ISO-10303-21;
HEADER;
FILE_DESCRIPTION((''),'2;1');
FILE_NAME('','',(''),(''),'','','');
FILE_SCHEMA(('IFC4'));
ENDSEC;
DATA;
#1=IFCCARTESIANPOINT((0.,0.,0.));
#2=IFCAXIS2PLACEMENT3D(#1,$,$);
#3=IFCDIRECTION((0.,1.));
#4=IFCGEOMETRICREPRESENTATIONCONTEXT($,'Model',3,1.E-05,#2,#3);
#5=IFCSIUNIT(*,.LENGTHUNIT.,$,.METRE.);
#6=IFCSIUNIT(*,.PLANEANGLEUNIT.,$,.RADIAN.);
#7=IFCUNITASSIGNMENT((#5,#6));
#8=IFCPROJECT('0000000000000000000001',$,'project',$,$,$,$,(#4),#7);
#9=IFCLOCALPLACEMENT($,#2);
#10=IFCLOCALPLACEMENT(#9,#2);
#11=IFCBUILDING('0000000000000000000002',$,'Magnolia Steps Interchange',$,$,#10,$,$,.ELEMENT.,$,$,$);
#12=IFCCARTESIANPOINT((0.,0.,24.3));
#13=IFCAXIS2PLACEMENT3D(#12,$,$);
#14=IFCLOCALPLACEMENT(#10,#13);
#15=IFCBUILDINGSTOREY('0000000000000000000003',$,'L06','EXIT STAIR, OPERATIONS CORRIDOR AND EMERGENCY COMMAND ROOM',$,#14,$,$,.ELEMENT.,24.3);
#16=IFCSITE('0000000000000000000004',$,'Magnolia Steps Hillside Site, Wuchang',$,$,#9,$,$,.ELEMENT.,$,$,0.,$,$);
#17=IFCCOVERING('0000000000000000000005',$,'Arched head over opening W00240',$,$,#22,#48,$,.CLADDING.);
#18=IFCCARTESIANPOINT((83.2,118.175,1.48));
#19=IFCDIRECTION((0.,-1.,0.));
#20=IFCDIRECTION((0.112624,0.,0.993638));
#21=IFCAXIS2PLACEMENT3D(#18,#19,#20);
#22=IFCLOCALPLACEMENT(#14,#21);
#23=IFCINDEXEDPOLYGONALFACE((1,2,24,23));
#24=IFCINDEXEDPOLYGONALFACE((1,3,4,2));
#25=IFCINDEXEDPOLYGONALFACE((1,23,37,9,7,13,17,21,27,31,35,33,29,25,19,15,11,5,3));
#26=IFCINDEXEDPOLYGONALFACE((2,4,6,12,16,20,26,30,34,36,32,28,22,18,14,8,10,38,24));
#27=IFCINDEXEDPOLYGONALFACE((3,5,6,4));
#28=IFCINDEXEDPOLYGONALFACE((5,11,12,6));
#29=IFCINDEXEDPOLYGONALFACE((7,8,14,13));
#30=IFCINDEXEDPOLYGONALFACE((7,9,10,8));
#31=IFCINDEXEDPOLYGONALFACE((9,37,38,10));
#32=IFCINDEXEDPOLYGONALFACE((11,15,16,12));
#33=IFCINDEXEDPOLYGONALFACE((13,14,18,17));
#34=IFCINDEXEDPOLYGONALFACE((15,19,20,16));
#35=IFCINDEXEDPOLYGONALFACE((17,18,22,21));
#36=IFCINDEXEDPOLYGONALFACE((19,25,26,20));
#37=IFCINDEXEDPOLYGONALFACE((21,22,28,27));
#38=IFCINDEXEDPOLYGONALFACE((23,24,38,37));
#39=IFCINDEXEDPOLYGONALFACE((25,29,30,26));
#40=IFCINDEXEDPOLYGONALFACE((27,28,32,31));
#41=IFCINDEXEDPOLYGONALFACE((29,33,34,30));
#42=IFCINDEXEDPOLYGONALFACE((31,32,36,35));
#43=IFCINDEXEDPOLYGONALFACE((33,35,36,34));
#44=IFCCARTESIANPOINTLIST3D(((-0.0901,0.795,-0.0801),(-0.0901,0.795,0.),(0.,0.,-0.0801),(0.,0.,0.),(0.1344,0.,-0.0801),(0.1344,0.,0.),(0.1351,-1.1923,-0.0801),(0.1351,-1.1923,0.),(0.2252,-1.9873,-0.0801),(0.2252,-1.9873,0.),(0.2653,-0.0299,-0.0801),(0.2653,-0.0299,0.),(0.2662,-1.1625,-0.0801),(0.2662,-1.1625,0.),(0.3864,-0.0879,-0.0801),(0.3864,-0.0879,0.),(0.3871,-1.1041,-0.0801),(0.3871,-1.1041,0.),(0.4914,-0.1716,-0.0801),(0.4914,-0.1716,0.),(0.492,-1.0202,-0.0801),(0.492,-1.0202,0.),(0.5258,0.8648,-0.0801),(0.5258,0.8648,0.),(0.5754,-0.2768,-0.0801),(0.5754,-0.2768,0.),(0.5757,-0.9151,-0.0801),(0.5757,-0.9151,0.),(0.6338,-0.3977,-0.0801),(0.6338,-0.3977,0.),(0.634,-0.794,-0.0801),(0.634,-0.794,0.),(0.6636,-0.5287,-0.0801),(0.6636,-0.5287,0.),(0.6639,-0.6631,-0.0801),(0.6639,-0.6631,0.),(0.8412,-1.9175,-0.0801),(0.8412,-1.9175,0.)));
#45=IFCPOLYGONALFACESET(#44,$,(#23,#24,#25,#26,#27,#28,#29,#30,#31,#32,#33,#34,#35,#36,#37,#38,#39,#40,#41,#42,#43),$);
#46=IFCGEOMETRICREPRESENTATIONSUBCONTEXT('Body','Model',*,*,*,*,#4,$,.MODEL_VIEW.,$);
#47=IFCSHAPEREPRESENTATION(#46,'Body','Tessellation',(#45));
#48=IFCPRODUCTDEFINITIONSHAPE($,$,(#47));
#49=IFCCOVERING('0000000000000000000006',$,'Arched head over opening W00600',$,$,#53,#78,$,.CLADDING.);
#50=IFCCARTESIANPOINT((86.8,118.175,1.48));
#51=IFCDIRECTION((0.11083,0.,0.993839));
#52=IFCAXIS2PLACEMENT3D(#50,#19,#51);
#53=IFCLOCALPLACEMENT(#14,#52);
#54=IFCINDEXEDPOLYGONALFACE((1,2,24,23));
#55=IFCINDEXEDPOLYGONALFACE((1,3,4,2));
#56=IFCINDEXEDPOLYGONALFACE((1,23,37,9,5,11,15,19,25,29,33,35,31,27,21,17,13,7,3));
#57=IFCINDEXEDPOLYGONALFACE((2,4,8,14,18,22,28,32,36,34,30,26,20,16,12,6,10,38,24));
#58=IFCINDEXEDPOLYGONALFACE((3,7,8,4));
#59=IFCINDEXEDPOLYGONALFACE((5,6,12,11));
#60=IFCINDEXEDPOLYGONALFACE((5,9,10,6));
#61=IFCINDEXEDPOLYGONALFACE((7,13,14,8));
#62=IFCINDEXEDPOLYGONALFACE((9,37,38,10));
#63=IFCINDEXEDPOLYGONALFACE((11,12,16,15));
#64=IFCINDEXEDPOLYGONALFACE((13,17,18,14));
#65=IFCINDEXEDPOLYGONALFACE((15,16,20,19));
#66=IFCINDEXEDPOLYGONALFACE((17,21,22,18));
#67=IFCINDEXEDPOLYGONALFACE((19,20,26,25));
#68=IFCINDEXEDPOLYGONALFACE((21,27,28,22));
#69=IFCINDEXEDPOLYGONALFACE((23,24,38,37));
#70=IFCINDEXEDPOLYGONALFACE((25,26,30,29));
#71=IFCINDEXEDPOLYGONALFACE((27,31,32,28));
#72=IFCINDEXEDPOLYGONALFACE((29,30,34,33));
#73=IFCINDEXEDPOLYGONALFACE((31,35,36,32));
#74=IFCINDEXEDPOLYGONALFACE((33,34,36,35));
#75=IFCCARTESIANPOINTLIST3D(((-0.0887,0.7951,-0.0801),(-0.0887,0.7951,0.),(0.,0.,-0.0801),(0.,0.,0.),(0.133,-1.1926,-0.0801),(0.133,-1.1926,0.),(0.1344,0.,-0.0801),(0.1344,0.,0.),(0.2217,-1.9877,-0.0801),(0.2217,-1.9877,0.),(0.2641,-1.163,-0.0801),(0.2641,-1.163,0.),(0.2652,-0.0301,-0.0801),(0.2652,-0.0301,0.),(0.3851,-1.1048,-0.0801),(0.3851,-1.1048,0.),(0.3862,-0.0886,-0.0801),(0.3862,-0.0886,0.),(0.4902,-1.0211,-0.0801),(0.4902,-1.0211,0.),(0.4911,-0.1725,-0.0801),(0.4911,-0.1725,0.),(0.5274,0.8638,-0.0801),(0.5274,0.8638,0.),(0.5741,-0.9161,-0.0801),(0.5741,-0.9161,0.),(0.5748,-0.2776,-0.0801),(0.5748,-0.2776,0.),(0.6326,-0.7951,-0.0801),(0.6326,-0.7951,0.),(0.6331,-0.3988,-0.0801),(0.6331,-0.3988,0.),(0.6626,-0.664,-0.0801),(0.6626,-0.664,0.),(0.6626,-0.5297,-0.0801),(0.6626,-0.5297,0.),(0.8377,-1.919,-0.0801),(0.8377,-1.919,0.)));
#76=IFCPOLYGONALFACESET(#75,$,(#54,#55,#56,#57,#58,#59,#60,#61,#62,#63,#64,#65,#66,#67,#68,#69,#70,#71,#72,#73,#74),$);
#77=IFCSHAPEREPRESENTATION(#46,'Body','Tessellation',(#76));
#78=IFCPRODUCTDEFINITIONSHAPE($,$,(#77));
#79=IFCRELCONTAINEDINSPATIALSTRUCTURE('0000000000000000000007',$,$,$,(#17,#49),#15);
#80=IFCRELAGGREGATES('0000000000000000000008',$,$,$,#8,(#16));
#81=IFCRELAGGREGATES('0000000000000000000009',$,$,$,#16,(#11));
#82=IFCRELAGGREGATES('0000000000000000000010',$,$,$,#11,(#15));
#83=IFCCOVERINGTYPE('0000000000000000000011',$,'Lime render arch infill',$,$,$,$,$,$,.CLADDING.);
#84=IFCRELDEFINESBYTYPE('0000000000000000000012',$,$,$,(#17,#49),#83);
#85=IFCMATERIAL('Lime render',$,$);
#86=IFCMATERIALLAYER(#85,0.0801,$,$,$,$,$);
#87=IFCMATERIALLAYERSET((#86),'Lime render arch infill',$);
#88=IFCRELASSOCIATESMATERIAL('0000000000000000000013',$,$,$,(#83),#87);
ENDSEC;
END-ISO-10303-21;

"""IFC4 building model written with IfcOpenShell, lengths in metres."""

from ifc_helpers import new_model, si_unit, direction, frame, origin, place, context, subcontext, project, spatial, polyline, outline, extrude, material, layer, layer_set, type_object, element, save


model = new_model("IFC4")

# Units and contexts
model_context = context("Model", 3, precision=1e-05, world=origin(), true_north=direction((0.0, 1.0)))
body_context = subcontext(model_context, "Body", "Model", "MODEL_VIEW")
ifc_project = project(units=[si_unit("LENGTHUNIT", "METRE"), si_unit("PLANEANGLEUNIT", "RADIAN")], contexts=[model_context])

# Site, building, storey
site_placement = place(None, origin())
site = spatial("IfcSite", under=ifc_project, at=site_placement, Name="Magnolia Steps Hillside Site, Wuchang", CompositionType="ELEMENT", RefElevation=0.0)
building_placement = place(site_placement, origin())
building = spatial("IfcBuilding", under=site, at=building_placement, Name="Magnolia Steps Interchange", CompositionType="ELEMENT")
storey_placement = place(building_placement, frame((0.0, 0.0, 24.3)))
storey = spatial("IfcBuildingStorey", under=building, at=storey_placement, Name="L06", Description="EXIT STAIR, OPERATIONS CORRIDOR AND EMERGENCY COMMAND ROOM", CompositionType="ELEMENT", Elevation=24.3)

# Coverings
ifc_material_1 = material(Name="Lime render")
ifc_layer_1 = layer(ifc_material_1, 0.0801)
ifc_layer_set_1 = layer_set([ifc_layer_1], Name="Lime render arch infill")
covering_type_1 = type_object("IfcCoveringType", Name="Lime render arch infill", PredefinedType="CLADDING", material=ifc_layer_set_1)
covering_1_placement = place(storey_placement, frame((83.2, 118.175, 1.48), z_axis=(0.0, -1.0, 0.0), x_axis=(0.112624, 0.0, 0.993638)))
element("IfcCovering", 1, at=covering_1_placement, inside=storey, type_object=covering_type_1, Name="Arched head over opening W00240", PredefinedType="CLADDING", context=body_context, shape_type="SweptSolid", body=[
    extrude(outline(polyline([(0.0, 0.0), (0.1344, 0.0), (0.2653, -0.0299), (0.3864, -0.0879), (0.4914, -0.1716), (0.5754, -0.2768), (0.6338, -0.3977), (0.6636, -0.5287), (0.6639, -0.6631), (0.634, -0.794), (0.5757, -0.9151), (0.492, -1.0202), (0.3871, -1.1041), (0.2662, -1.1625), (0.1351, -1.1923), (0.2252, -1.9873), (0.8412, -1.9175), (0.5258, 0.8648), (-0.0901, 0.795), (0.0, 0.0)])), origin(), (0.0, 0.0, -1.0), 0.0801),
])
covering_2_placement = place(storey_placement, frame((86.8, 118.175, 1.48), z_axis=(0.0, -1.0, 0.0), x_axis=(0.11083, 0.0, 0.993839)))
element("IfcCovering", 2, at=covering_2_placement, inside=storey, type_object=covering_type_1, Name="Arched head over opening W00600", PredefinedType="CLADDING", context=body_context, shape_type="SweptSolid", body=[
    extrude(outline(polyline([(0.0, 0.0), (0.1344, 0.0), (0.2652, -0.0301), (0.3862, -0.0886), (0.4911, -0.1725), (0.5748, -0.2776), (0.6331, -0.3988), (0.6626, -0.5297), (0.6626, -0.664), (0.6326, -0.7951), (0.5741, -0.9161), (0.4902, -1.0211), (0.3851, -1.1048), (0.2641, -1.163), (0.133, -1.1926), (0.2217, -1.9877), (0.8377, -1.919), (0.5274, 0.8638), (-0.0887, 0.7951), (0.0, 0.0)])), origin(), (0.0, 0.0, -1.0), 0.0801),
])

save(model, "model.ifc")
